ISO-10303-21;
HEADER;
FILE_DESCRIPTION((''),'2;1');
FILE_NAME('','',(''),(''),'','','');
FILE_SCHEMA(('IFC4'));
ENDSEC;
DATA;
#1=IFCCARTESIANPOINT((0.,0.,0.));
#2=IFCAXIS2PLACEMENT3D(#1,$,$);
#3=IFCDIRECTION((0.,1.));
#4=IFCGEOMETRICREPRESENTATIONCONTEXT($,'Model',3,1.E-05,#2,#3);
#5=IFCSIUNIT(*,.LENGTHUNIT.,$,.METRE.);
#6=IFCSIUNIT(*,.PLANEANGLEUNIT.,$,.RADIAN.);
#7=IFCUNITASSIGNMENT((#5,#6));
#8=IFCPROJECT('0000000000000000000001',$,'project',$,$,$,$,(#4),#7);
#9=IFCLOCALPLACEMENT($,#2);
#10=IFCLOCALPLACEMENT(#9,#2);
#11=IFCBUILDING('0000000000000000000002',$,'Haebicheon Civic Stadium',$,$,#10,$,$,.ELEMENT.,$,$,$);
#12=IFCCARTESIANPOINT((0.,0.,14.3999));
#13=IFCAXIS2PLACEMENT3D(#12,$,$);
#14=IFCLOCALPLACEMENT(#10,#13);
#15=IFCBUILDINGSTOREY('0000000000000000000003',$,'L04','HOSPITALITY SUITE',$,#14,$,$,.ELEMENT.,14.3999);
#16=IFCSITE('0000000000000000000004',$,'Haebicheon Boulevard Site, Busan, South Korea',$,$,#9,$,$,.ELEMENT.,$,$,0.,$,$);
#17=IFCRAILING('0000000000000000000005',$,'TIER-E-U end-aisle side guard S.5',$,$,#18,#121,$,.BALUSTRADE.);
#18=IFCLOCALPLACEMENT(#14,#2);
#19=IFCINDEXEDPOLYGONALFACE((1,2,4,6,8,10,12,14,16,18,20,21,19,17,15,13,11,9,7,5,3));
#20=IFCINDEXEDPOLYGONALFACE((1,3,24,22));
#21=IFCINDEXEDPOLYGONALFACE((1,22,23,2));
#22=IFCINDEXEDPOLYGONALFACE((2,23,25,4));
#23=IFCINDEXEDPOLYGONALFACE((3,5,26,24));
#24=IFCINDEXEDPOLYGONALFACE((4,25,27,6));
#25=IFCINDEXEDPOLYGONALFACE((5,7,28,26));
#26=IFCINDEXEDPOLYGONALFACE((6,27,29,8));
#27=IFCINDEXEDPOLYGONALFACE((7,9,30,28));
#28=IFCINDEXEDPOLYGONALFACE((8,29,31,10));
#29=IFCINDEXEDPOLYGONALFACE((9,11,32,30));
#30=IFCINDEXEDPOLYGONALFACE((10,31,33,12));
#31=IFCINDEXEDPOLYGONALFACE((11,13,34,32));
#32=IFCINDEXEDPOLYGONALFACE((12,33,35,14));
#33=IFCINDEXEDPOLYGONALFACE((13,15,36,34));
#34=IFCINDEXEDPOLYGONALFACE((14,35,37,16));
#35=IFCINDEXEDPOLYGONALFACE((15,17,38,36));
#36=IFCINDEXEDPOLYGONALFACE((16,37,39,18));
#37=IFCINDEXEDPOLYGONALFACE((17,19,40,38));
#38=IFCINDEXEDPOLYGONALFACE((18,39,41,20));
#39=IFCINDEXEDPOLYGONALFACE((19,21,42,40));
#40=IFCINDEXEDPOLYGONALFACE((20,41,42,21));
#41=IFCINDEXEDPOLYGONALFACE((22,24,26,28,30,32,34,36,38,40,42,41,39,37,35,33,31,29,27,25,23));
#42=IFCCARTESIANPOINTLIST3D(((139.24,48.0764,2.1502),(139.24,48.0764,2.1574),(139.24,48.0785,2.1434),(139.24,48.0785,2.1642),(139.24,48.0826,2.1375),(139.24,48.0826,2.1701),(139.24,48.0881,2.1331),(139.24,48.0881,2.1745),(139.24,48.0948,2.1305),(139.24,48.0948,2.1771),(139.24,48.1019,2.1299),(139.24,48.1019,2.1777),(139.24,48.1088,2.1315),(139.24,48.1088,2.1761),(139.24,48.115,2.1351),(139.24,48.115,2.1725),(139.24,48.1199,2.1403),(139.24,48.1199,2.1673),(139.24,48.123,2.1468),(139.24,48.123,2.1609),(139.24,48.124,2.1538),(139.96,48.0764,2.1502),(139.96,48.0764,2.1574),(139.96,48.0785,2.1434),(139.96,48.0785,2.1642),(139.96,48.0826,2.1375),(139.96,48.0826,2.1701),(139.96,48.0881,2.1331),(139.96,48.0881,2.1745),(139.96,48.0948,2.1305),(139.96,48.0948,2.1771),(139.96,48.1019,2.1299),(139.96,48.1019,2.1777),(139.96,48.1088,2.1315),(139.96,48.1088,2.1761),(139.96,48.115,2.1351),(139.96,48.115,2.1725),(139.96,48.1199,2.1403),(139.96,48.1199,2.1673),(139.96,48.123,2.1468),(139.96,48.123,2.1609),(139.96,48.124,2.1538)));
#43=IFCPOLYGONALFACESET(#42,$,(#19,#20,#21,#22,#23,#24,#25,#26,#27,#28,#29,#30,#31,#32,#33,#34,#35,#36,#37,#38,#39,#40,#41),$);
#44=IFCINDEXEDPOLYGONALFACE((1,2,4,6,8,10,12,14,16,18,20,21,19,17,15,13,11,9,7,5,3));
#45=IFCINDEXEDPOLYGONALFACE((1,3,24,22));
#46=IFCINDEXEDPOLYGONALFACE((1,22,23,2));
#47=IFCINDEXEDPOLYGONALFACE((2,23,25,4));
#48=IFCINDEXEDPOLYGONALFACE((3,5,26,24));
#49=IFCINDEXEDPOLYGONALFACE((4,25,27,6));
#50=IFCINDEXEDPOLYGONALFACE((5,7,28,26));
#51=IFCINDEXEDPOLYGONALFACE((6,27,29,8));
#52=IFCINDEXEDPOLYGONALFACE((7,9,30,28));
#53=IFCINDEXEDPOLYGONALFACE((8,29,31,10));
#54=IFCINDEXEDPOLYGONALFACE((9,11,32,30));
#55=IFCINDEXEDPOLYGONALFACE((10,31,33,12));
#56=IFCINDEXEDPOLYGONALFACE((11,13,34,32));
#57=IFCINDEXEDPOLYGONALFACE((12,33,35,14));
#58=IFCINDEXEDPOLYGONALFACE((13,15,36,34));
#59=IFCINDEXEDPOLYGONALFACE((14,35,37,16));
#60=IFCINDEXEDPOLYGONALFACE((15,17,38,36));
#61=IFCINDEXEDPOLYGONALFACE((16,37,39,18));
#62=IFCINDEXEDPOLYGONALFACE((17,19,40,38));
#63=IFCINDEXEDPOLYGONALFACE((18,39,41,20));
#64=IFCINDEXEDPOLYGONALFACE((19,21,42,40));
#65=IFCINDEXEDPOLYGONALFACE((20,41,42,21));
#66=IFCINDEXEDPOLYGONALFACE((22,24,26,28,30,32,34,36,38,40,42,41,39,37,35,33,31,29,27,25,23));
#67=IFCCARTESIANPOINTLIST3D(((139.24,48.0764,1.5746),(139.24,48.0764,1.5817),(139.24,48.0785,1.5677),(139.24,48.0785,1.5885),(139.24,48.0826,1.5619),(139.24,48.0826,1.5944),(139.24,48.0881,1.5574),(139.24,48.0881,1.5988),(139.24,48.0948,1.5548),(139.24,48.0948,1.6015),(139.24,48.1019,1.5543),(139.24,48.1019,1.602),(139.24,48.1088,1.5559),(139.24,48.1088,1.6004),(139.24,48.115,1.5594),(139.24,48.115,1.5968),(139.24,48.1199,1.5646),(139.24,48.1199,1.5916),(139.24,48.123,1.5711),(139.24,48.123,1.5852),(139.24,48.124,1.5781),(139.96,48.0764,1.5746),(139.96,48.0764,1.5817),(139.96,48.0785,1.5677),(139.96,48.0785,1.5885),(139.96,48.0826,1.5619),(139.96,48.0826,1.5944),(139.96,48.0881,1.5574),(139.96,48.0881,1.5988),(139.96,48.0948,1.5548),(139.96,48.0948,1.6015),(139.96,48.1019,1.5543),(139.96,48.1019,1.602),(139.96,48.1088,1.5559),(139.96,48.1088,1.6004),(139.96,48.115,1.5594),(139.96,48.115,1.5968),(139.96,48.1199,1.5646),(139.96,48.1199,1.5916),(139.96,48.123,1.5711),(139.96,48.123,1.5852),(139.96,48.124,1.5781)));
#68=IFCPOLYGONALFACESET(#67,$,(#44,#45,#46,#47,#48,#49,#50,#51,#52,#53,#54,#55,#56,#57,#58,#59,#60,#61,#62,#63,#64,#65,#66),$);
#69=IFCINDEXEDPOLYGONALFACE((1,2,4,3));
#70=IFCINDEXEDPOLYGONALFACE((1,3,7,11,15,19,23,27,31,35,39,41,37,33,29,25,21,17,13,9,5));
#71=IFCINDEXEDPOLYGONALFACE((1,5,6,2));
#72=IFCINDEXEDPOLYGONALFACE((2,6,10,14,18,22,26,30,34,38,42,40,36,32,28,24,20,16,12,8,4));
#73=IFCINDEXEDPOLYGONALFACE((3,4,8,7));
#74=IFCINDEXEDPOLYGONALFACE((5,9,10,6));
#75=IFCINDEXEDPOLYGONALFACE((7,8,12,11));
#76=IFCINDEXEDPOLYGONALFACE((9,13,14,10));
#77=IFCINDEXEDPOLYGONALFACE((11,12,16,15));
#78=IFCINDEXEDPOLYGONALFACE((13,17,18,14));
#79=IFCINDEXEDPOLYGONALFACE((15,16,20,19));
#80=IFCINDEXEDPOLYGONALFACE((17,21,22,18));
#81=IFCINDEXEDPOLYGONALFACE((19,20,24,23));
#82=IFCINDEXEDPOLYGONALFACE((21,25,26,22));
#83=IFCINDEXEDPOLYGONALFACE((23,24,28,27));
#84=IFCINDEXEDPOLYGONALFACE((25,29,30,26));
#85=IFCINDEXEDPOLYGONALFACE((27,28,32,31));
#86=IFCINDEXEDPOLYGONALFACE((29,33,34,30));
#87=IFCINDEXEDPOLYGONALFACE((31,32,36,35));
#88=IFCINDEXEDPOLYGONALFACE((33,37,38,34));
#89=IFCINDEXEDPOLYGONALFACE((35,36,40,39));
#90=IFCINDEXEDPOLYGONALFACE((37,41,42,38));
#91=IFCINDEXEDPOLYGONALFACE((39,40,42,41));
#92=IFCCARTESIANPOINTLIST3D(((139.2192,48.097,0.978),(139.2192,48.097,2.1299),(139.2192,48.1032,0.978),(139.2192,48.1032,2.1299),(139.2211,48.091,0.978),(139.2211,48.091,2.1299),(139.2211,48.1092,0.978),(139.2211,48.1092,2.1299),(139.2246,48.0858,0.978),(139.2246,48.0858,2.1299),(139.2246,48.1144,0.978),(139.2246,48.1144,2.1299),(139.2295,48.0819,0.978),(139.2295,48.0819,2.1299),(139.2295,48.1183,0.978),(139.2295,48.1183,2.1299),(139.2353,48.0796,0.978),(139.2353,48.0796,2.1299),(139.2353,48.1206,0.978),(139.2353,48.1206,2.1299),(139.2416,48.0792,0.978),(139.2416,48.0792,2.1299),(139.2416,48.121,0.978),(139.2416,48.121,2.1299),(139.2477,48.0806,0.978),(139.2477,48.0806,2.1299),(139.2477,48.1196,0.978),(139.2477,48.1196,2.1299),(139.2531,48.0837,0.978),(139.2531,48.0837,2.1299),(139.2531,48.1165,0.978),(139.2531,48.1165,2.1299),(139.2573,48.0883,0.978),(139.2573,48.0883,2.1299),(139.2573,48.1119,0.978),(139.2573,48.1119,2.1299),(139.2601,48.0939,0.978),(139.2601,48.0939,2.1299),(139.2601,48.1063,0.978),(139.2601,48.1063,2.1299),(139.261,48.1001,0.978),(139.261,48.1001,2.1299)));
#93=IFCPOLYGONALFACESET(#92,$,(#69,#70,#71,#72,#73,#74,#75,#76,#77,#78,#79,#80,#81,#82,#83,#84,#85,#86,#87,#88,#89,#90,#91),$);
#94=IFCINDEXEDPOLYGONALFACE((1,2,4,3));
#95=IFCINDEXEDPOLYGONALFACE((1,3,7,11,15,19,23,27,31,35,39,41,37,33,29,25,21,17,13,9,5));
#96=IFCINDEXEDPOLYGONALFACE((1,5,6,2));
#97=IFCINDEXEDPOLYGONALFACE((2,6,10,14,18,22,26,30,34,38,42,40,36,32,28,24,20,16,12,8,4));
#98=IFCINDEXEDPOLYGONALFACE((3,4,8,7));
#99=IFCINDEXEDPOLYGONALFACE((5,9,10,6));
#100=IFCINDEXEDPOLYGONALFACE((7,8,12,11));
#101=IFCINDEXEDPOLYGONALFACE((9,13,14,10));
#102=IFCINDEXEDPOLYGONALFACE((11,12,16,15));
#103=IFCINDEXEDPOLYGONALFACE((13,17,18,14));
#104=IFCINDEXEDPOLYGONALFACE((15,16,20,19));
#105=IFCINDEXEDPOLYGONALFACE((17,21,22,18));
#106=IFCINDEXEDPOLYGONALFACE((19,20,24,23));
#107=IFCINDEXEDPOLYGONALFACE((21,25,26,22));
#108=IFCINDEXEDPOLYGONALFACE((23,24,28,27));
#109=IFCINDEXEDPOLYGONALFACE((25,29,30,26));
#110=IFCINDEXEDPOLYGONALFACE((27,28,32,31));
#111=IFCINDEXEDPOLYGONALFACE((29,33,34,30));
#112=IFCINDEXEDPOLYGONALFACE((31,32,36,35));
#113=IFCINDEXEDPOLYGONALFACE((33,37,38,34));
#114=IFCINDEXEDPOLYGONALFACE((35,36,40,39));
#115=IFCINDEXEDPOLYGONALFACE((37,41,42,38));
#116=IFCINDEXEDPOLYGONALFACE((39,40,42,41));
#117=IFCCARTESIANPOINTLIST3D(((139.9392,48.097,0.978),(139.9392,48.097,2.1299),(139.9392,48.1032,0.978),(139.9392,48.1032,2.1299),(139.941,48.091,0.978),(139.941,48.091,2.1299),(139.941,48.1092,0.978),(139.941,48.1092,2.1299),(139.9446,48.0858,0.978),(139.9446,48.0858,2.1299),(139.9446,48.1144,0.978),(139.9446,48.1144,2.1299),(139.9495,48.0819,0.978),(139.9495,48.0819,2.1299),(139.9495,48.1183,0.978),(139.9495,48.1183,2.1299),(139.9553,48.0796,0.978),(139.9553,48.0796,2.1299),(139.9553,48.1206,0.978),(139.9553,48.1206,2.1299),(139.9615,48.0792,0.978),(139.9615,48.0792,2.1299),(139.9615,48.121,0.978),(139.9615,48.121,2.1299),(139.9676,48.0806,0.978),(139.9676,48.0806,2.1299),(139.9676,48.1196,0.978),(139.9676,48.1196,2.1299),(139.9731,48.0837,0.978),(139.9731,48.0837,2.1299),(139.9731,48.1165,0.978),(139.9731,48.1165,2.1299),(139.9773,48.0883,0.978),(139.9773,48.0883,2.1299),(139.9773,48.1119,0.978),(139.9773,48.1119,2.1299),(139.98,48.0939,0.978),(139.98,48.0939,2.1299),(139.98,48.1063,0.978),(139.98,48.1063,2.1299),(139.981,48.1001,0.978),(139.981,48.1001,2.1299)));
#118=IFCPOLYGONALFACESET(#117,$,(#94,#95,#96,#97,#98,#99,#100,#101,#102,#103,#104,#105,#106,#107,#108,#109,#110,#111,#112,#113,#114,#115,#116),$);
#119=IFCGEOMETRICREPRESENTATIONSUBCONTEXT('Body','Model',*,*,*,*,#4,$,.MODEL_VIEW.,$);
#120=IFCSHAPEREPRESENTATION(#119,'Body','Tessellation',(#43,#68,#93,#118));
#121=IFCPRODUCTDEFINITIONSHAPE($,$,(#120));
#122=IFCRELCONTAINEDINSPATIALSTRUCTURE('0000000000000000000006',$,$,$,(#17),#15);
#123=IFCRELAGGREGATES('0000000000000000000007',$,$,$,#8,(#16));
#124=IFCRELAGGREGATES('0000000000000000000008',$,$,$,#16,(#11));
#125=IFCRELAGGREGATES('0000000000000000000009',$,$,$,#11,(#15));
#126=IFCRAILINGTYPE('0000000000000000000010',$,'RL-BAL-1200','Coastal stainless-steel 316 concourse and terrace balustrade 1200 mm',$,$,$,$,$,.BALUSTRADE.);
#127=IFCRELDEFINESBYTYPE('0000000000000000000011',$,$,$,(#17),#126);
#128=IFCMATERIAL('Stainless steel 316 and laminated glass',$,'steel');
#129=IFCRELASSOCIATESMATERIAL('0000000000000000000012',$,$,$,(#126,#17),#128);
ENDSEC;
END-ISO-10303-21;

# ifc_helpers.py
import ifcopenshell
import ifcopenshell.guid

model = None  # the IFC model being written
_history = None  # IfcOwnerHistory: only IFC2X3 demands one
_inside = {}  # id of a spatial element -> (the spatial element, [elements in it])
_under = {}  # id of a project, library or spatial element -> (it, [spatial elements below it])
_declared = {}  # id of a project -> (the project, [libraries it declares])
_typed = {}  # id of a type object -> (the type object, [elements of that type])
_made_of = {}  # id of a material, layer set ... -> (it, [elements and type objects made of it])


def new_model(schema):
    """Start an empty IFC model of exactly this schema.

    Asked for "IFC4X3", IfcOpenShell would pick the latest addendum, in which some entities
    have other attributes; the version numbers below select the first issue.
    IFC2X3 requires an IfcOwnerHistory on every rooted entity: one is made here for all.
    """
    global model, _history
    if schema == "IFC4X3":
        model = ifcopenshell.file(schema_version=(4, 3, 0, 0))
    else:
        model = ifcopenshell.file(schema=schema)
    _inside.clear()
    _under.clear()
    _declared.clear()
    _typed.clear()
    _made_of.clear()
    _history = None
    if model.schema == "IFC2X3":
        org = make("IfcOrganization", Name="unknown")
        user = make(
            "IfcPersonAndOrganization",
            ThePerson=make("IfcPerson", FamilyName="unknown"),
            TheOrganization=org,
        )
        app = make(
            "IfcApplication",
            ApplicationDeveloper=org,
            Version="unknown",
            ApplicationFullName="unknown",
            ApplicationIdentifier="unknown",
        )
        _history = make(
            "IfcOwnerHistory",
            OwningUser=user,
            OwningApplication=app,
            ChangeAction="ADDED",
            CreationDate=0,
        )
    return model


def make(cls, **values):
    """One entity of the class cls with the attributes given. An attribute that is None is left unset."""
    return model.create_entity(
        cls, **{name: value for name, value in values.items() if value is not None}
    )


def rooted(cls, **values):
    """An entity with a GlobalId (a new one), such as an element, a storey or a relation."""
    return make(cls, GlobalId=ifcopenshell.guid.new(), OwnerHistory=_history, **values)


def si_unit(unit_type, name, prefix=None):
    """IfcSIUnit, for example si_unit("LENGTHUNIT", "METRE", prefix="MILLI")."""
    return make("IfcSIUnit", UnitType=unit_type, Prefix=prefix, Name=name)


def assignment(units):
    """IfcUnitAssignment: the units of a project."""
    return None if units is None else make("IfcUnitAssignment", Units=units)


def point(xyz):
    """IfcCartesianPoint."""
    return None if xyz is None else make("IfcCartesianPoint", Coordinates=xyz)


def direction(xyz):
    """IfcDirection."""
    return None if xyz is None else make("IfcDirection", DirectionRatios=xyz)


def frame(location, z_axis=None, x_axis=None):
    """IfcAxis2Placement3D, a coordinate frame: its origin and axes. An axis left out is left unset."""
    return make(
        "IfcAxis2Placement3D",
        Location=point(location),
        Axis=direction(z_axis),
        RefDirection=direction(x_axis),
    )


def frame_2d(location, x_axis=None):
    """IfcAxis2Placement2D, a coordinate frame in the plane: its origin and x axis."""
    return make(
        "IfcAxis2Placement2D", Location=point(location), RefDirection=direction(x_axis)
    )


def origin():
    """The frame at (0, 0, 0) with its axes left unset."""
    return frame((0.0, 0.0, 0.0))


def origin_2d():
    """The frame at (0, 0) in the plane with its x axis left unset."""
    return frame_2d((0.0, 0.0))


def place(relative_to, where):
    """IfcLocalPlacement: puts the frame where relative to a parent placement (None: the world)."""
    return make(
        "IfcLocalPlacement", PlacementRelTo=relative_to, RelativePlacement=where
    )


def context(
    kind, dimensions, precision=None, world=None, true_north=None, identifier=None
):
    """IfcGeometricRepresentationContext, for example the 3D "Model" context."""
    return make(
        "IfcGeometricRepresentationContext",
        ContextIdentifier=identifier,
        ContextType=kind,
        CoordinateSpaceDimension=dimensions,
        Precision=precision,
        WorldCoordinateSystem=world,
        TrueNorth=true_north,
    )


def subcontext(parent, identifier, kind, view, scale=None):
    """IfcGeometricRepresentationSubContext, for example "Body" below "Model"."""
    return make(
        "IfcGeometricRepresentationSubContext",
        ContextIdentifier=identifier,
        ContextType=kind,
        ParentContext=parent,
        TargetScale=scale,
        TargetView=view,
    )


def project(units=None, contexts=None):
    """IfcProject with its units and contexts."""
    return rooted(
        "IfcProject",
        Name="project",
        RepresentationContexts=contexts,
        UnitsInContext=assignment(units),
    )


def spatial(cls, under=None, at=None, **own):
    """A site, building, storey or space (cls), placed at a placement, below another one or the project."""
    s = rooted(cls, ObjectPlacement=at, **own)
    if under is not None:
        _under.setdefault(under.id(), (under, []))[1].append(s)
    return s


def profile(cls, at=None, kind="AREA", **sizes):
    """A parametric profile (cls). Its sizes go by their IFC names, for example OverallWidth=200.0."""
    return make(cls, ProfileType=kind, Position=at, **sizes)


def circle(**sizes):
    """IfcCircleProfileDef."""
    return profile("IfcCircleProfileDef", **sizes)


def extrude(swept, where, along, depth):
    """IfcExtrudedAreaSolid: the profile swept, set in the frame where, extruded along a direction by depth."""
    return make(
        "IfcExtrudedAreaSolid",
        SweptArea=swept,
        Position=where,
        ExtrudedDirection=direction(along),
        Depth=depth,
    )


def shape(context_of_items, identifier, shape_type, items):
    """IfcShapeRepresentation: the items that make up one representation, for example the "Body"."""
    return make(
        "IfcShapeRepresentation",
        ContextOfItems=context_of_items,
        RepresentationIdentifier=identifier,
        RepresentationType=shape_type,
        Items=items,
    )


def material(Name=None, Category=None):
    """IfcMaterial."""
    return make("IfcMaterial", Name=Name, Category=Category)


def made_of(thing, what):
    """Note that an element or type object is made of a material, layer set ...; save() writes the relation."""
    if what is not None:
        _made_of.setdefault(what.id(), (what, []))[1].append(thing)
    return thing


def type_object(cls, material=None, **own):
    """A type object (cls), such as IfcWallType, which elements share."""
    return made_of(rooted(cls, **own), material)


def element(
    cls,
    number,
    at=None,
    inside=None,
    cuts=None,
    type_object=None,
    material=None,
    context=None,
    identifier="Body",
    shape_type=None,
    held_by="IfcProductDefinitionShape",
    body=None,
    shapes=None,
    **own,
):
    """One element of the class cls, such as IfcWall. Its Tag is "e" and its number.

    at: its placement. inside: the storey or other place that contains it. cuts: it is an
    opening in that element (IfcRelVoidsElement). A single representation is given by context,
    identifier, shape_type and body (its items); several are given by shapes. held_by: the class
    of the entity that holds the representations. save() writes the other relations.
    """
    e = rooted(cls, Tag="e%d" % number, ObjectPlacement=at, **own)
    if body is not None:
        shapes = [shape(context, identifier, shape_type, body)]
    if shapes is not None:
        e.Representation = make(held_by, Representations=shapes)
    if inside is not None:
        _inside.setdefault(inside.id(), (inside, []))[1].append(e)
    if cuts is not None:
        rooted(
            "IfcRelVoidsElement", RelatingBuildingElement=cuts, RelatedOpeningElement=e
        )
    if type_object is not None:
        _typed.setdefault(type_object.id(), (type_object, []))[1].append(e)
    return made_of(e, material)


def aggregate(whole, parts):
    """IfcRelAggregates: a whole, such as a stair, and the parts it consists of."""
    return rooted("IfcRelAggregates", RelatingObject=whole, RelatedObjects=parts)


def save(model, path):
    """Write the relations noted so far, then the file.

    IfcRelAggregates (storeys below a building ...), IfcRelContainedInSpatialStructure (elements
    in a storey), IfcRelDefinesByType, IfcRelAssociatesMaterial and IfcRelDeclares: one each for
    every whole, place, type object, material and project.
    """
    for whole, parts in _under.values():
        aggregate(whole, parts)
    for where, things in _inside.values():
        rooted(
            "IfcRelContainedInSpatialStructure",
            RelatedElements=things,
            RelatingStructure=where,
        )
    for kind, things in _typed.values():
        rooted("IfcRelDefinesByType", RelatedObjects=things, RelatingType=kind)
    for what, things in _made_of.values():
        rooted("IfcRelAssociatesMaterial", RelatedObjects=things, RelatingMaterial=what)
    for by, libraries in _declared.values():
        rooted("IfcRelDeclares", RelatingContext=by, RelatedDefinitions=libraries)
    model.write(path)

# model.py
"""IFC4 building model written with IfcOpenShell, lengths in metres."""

from ifc_helpers import new_model, si_unit, direction, frame, origin, origin_2d, place, context, subcontext, project, spatial, circle, extrude, material, type_object, element, save


model = new_model("IFC4")

# Units and contexts
model_context = context("Model", 3, precision=1e-05, world=origin(), true_north=direction((0.0, 1.0)))
body_context = subcontext(model_context, "Body", "Model", "MODEL_VIEW")
ifc_project = project(units=[si_unit("LENGTHUNIT", "METRE"), si_unit("PLANEANGLEUNIT", "RADIAN")], contexts=[model_context])

# Site, building, storey
site_placement = place(None, origin())
site = spatial("IfcSite", under=ifc_project, at=site_placement, Name="Haebicheon Boulevard Site, Busan, South Korea", CompositionType="ELEMENT", RefElevation=0.0)
building_placement = place(site_placement, origin())
building = spatial("IfcBuilding", under=site, at=building_placement, Name="Haebicheon Civic Stadium", CompositionType="ELEMENT")
storey_placement = place(building_placement, frame((0.0, 0.0, 14.3999)))
storey = spatial("IfcBuildingStorey", under=building, at=storey_placement, Name="L04", Description="HOSPITALITY SUITE", CompositionType="ELEMENT", Elevation=14.3999)

# Railing
ifc_material_1 = material(Name="Stainless steel 316 and laminated glass", Category="steel")
railing_type = type_object("IfcRailingType", Name="RL-BAL-1200", Description="Coastal stainless-steel 316 concourse and terrace balustrade 1200 mm", PredefinedType="BALUSTRADE", material=ifc_material_1)
for number, where, name in (
    (1, (139.24, 48.1001, 0.978), "TIER-E-U end-aisle side guard S.5"),
):
    element("IfcRailing", number, at=place(storey_placement, frame(where)), inside=storey, type_object=railing_type, material=ifc_material_1, Name=name, PredefinedType="BALUSTRADE", context=body_context, shape_type="SweptSolid", body=[
        extrude(circle(Radius=0.0239, at=origin_2d()), frame((0.0, 0.0, 1.1758), z_axis=(1.0, 0.0, 0.0), x_axis=(0.0, 1.0, 0.0)), (0.0, 0.0, 1.0), 0.72),
        extrude(circle(Radius=0.0239, at=origin_2d()), frame((0.0, 0.0, 0.6001), z_axis=(1.0, 0.0, 0.0), x_axis=(0.0, 1.0, 0.0)), (0.0, 0.0, 1.0), 0.72),
        extrude(circle(Radius=0.021, at=origin_2d()), origin(), (0.0, 0.0, 1.0), 1.1519),
        extrude(circle(Radius=0.021, at=origin_2d()), frame((0.72, 0.0, 0.0)), (0.0, 0.0, 1.0), 1.1519),
    ])

save(model, "model.ifc")
